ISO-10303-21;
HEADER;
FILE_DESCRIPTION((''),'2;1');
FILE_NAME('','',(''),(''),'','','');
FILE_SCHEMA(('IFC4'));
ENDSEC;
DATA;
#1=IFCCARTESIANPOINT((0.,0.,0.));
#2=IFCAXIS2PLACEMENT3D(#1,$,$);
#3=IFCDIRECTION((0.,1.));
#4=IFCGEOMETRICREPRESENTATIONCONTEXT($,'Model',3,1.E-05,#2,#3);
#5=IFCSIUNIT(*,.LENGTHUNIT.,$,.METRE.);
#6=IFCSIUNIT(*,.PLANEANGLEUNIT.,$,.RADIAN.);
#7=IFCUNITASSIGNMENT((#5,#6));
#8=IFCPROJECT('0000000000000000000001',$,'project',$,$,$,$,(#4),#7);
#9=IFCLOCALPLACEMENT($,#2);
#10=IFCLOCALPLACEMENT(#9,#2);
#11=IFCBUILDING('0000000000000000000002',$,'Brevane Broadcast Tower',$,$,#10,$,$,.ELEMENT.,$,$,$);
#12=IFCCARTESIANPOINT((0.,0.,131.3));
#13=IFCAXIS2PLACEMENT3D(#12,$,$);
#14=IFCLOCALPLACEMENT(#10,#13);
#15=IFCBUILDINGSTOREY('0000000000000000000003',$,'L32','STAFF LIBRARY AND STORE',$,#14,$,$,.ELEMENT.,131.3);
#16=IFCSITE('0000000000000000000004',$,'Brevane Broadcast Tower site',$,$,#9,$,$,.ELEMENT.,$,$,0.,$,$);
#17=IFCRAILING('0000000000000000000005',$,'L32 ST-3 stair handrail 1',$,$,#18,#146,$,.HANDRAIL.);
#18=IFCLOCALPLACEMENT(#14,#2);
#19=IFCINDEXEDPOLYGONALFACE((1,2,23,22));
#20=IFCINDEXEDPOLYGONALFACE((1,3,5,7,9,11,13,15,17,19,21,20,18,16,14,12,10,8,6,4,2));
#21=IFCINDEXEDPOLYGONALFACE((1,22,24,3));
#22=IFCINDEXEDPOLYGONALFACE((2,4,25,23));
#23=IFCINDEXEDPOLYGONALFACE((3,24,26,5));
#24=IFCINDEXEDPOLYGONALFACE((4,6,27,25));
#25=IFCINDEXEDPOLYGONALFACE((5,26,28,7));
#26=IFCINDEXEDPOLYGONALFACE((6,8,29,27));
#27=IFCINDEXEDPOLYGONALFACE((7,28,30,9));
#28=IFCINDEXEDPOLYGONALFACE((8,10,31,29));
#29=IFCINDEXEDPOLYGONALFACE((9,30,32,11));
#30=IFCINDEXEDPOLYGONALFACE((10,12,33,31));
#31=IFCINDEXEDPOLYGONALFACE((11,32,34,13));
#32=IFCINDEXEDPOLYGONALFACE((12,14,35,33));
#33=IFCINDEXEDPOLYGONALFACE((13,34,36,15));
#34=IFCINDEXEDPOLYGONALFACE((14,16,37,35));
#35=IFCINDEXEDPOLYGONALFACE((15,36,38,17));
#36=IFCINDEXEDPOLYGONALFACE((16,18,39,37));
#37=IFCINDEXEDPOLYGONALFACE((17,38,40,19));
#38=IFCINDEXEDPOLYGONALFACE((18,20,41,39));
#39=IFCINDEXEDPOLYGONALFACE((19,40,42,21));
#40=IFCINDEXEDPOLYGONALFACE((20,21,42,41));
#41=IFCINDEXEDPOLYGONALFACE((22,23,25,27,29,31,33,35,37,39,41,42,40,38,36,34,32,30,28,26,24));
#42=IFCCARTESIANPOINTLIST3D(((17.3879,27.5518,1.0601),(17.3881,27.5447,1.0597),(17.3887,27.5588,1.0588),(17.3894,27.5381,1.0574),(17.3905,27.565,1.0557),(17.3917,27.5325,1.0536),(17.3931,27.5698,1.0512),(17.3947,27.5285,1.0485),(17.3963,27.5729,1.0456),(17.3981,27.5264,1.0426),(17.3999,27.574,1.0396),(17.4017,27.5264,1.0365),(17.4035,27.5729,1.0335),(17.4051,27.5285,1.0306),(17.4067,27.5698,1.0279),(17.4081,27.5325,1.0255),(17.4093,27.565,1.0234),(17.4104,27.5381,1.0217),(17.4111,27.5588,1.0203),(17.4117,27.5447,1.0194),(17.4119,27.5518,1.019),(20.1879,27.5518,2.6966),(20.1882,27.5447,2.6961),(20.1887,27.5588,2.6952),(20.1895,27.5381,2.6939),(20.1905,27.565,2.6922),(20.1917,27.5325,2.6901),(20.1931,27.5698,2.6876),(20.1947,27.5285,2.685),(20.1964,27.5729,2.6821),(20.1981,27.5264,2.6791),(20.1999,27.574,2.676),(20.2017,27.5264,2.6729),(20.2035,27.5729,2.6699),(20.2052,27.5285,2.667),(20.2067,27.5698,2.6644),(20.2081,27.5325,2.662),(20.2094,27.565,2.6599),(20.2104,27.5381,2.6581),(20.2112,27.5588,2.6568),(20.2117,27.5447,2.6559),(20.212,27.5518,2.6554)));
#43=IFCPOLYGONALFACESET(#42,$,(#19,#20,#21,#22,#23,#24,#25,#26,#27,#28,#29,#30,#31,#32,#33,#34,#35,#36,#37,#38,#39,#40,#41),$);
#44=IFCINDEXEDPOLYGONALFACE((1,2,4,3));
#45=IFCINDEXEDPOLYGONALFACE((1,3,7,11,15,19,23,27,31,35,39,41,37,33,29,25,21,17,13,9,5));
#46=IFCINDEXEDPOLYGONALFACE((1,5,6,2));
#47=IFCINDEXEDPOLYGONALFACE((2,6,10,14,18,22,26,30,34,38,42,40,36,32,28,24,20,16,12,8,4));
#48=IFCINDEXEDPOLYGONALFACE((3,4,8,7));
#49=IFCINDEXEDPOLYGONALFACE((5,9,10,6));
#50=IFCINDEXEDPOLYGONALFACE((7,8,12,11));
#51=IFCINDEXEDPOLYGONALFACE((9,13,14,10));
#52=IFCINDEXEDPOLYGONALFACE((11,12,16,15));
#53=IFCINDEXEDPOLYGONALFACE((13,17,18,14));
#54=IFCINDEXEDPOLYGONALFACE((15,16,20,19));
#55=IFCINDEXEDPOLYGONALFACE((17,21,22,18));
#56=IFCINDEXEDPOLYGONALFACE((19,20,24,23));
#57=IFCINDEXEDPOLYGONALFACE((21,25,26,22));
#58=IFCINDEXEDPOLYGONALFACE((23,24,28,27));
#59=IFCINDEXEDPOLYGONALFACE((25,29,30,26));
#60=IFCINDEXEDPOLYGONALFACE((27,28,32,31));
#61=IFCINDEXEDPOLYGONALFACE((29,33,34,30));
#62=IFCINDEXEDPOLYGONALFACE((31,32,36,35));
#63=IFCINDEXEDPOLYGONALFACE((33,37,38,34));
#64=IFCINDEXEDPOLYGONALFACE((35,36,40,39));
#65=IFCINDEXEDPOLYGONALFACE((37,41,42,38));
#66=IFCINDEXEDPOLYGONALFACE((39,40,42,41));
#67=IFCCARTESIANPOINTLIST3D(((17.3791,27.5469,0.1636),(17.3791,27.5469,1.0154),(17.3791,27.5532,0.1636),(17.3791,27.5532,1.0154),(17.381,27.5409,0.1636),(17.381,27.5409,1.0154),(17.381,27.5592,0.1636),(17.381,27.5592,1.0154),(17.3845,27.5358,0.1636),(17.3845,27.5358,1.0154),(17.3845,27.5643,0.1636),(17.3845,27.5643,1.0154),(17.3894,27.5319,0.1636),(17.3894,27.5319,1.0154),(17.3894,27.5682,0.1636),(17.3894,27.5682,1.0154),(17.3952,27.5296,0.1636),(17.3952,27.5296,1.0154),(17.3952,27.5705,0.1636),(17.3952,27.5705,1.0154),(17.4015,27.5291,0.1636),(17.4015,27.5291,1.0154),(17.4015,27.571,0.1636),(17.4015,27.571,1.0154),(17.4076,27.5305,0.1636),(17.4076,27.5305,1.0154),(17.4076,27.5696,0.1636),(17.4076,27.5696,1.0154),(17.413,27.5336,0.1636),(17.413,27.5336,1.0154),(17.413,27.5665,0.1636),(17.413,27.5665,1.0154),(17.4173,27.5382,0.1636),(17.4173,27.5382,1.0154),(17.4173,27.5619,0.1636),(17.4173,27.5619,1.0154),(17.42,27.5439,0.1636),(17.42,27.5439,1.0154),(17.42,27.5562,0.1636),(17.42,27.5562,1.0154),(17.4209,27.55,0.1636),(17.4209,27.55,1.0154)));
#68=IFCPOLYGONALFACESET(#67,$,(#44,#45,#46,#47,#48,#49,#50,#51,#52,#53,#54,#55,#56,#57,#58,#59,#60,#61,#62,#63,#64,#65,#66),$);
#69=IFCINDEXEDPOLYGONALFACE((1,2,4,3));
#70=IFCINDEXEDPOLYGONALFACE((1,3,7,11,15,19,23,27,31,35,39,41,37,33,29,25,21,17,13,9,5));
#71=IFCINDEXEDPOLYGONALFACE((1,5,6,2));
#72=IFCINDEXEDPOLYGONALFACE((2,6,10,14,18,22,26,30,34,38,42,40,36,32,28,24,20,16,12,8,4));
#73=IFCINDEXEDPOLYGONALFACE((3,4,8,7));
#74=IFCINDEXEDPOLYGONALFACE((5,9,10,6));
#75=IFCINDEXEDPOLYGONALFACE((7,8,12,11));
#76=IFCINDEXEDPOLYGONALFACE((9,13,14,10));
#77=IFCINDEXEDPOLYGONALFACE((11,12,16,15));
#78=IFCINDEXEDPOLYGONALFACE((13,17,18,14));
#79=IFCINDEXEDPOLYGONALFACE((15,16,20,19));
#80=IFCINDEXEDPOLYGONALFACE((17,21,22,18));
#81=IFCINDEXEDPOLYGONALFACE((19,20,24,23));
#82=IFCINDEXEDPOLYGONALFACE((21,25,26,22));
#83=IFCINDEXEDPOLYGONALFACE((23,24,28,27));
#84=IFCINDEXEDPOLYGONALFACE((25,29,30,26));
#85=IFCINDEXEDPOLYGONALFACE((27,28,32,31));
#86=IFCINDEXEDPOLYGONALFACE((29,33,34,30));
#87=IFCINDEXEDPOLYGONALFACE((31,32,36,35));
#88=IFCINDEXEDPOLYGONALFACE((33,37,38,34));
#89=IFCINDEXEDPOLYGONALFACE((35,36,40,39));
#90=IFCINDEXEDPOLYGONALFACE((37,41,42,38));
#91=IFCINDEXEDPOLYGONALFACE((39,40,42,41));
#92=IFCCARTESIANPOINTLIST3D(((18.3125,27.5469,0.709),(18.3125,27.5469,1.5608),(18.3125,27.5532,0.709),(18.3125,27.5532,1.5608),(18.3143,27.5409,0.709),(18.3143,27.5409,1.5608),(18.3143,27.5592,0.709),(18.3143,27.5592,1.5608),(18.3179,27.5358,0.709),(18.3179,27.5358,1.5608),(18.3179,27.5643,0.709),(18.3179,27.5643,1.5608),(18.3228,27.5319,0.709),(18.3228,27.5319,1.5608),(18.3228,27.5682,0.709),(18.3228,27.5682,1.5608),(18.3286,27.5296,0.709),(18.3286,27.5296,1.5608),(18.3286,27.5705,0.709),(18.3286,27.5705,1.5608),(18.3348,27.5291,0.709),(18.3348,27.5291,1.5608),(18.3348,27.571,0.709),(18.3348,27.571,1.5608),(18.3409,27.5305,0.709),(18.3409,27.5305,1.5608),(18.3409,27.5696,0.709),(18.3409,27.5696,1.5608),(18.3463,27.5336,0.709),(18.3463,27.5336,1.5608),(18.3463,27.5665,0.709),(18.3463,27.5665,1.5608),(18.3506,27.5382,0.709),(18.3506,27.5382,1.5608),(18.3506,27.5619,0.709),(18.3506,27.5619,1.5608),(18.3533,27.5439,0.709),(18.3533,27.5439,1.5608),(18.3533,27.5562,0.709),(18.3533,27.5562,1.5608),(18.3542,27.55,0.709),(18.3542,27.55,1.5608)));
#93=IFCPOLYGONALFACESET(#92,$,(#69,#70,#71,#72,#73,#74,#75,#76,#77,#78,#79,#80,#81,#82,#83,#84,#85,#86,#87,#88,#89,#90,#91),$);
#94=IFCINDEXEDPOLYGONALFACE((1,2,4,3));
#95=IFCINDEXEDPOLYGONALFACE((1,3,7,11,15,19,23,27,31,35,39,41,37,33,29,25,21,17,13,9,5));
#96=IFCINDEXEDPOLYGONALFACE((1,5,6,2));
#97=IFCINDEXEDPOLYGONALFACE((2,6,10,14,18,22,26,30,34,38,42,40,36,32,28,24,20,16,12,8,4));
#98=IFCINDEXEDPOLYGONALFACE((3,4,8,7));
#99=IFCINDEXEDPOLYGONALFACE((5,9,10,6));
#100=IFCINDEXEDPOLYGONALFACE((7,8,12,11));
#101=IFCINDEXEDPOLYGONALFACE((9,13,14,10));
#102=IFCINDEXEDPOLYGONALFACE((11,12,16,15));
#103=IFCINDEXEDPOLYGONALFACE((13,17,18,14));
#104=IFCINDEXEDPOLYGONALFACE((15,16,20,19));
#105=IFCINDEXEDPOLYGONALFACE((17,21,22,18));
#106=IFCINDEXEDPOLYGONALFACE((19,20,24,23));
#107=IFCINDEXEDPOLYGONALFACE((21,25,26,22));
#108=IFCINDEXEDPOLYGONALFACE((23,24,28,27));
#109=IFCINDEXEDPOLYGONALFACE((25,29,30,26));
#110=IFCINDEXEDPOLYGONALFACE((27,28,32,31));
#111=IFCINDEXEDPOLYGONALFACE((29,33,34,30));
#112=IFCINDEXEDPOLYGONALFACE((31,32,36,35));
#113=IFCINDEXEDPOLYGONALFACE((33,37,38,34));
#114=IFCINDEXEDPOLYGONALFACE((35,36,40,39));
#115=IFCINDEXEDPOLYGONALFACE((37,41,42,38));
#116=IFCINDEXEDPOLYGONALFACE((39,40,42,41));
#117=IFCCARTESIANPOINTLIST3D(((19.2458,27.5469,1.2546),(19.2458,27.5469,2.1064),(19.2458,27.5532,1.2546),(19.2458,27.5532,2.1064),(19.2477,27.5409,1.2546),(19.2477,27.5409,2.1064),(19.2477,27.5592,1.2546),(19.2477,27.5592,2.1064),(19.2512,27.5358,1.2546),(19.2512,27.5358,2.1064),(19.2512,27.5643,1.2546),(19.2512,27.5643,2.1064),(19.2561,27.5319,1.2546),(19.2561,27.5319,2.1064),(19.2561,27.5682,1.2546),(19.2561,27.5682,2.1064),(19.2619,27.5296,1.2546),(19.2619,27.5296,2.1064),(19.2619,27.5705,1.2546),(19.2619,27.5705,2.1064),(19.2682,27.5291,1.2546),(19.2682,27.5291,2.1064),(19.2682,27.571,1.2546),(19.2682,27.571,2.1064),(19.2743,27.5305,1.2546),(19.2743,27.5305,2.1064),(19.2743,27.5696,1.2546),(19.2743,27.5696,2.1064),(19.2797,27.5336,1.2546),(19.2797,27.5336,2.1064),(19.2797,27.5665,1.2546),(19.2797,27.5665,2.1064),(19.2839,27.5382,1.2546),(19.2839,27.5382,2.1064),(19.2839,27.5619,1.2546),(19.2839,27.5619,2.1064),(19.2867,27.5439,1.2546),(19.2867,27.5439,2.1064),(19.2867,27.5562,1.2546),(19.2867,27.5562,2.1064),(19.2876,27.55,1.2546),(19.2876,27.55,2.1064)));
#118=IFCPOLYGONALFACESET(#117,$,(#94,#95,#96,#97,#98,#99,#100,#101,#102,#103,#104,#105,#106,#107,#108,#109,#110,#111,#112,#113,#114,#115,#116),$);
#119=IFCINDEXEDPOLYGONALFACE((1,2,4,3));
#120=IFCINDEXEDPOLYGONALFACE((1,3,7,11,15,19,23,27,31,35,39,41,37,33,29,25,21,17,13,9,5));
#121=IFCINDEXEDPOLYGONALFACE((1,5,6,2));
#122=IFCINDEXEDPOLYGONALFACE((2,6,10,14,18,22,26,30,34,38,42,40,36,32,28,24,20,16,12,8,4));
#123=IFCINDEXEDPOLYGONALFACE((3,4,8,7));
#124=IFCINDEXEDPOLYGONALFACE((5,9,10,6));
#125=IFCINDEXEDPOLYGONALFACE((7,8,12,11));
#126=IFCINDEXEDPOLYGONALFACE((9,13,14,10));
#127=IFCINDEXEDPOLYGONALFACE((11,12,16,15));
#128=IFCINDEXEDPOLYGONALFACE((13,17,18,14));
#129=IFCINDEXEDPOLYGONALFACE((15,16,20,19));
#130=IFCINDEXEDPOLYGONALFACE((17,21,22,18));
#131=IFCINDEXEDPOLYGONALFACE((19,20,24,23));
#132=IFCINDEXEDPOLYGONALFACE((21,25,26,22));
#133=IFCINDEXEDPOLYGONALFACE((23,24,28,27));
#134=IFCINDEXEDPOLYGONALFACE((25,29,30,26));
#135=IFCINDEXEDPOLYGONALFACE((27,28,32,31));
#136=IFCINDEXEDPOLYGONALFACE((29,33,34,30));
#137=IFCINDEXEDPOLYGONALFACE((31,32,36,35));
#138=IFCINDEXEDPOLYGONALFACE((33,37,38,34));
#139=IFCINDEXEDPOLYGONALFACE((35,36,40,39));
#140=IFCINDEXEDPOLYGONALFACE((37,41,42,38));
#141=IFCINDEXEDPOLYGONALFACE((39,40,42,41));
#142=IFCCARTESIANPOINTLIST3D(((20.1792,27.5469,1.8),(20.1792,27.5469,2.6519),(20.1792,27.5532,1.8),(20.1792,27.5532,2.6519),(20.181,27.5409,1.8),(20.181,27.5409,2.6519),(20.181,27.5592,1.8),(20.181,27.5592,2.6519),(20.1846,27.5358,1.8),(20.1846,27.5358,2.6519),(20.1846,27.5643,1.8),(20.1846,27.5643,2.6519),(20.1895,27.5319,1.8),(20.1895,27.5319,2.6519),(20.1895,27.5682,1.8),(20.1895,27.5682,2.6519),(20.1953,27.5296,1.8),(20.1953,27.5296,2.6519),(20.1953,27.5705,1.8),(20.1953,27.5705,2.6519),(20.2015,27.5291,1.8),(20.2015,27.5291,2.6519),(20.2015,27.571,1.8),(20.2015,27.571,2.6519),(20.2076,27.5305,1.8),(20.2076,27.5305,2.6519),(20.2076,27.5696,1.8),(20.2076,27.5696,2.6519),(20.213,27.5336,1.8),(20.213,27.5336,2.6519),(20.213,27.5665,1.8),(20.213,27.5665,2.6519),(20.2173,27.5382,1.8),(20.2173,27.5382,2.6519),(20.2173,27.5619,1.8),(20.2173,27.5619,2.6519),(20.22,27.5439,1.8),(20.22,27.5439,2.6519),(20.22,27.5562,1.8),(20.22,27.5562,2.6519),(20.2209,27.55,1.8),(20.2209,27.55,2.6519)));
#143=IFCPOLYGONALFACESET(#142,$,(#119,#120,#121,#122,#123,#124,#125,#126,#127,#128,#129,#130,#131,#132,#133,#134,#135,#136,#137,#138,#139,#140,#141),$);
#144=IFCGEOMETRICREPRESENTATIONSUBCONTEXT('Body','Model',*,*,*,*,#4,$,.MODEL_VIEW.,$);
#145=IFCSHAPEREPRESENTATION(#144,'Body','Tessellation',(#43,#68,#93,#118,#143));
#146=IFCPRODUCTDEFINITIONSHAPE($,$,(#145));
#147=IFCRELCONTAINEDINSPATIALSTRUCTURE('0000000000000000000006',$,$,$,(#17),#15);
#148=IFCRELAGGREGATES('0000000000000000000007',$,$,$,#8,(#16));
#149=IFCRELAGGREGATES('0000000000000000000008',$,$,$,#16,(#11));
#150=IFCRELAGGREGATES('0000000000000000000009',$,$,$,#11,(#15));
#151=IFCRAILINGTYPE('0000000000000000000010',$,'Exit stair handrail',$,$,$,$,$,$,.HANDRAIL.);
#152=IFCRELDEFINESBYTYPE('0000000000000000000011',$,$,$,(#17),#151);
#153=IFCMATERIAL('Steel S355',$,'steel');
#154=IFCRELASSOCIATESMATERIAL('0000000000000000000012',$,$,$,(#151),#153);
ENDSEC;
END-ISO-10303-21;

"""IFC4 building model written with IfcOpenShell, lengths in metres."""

from ifc_helpers import new_model, si_unit, direction, frame, origin, origin_2d, place, context, subcontext, project, spatial, circle, extrude, material, type_object, element, save


model = new_model("IFC4")

# Units and contexts
model_context = context("Model", 3, precision=1e-05, world=origin(), true_north=direction((0.0, 1.0)))
body_context = subcontext(model_context, "Body", "Model", "MODEL_VIEW")
ifc_project = project(units=[si_unit("LENGTHUNIT", "METRE"), si_unit("PLANEANGLEUNIT", "RADIAN")], contexts=[model_context])

# Site, building, storey
site_placement = place(None, origin())
site = spatial("IfcSite", under=ifc_project, at=site_placement, Name="Brevane Broadcast Tower site", CompositionType="ELEMENT", RefElevation=0.0)
building_placement = place(site_placement, origin())
building = spatial("IfcBuilding", under=site, at=building_placement, Name="Brevane Broadcast Tower", CompositionType="ELEMENT")
storey_placement = place(building_placement, frame((0.0, 0.0, 131.3)))
storey = spatial("IfcBuildingStorey", under=building, at=storey_placement, Name="L32", Description="STAFF LIBRARY AND STORE", CompositionType="ELEMENT", Elevation=131.3)

# Railing
ifc_material_1 = material(Name="Steel S355", Category="steel")
railing_type_1 = type_object("IfcRailingType", Name="Exit stair handrail", PredefinedType="HANDRAIL", material=ifc_material_1)
railing_1_placement = place(storey_placement, frame((17.3999, 27.55, 0.1636)))
element("IfcRailing", 1, at=railing_1_placement, inside=storey, type_object=railing_type_1, Name="L32 ST-3 stair handrail 1", PredefinedType="HANDRAIL", context=body_context, shape_type="SweptSolid", body=[
    extrude(circle(Radius=0.0239, at=origin_2d()), frame((0.0, 0.0, 0.876), z_axis=(0.863361, 0.0, 0.504587), x_axis=(0.0, 1.0, 0.0)), (0.0, 0.0, 1.0), 3.2432),
    extrude(circle(Radius=0.021, at=origin_2d()), origin(), (0.0, 0.0, 1.0), 0.8518),
    extrude(circle(Radius=0.021, at=origin_2d()), frame((0.9333, 0.0, 0.5454)), (0.0, 0.0, 1.0), 0.8518),
    extrude(circle(Radius=0.021, at=origin_2d()), frame((1.8667, 0.0, 1.0911)), (0.0, 0.0, 1.0), 0.8518),
    extrude(circle(Radius=0.021, at=origin_2d()), frame((2.8, 0.0, 1.6365)), (0.0, 0.0, 1.0), 0.8518),
])

save(model, "model.ifc")
